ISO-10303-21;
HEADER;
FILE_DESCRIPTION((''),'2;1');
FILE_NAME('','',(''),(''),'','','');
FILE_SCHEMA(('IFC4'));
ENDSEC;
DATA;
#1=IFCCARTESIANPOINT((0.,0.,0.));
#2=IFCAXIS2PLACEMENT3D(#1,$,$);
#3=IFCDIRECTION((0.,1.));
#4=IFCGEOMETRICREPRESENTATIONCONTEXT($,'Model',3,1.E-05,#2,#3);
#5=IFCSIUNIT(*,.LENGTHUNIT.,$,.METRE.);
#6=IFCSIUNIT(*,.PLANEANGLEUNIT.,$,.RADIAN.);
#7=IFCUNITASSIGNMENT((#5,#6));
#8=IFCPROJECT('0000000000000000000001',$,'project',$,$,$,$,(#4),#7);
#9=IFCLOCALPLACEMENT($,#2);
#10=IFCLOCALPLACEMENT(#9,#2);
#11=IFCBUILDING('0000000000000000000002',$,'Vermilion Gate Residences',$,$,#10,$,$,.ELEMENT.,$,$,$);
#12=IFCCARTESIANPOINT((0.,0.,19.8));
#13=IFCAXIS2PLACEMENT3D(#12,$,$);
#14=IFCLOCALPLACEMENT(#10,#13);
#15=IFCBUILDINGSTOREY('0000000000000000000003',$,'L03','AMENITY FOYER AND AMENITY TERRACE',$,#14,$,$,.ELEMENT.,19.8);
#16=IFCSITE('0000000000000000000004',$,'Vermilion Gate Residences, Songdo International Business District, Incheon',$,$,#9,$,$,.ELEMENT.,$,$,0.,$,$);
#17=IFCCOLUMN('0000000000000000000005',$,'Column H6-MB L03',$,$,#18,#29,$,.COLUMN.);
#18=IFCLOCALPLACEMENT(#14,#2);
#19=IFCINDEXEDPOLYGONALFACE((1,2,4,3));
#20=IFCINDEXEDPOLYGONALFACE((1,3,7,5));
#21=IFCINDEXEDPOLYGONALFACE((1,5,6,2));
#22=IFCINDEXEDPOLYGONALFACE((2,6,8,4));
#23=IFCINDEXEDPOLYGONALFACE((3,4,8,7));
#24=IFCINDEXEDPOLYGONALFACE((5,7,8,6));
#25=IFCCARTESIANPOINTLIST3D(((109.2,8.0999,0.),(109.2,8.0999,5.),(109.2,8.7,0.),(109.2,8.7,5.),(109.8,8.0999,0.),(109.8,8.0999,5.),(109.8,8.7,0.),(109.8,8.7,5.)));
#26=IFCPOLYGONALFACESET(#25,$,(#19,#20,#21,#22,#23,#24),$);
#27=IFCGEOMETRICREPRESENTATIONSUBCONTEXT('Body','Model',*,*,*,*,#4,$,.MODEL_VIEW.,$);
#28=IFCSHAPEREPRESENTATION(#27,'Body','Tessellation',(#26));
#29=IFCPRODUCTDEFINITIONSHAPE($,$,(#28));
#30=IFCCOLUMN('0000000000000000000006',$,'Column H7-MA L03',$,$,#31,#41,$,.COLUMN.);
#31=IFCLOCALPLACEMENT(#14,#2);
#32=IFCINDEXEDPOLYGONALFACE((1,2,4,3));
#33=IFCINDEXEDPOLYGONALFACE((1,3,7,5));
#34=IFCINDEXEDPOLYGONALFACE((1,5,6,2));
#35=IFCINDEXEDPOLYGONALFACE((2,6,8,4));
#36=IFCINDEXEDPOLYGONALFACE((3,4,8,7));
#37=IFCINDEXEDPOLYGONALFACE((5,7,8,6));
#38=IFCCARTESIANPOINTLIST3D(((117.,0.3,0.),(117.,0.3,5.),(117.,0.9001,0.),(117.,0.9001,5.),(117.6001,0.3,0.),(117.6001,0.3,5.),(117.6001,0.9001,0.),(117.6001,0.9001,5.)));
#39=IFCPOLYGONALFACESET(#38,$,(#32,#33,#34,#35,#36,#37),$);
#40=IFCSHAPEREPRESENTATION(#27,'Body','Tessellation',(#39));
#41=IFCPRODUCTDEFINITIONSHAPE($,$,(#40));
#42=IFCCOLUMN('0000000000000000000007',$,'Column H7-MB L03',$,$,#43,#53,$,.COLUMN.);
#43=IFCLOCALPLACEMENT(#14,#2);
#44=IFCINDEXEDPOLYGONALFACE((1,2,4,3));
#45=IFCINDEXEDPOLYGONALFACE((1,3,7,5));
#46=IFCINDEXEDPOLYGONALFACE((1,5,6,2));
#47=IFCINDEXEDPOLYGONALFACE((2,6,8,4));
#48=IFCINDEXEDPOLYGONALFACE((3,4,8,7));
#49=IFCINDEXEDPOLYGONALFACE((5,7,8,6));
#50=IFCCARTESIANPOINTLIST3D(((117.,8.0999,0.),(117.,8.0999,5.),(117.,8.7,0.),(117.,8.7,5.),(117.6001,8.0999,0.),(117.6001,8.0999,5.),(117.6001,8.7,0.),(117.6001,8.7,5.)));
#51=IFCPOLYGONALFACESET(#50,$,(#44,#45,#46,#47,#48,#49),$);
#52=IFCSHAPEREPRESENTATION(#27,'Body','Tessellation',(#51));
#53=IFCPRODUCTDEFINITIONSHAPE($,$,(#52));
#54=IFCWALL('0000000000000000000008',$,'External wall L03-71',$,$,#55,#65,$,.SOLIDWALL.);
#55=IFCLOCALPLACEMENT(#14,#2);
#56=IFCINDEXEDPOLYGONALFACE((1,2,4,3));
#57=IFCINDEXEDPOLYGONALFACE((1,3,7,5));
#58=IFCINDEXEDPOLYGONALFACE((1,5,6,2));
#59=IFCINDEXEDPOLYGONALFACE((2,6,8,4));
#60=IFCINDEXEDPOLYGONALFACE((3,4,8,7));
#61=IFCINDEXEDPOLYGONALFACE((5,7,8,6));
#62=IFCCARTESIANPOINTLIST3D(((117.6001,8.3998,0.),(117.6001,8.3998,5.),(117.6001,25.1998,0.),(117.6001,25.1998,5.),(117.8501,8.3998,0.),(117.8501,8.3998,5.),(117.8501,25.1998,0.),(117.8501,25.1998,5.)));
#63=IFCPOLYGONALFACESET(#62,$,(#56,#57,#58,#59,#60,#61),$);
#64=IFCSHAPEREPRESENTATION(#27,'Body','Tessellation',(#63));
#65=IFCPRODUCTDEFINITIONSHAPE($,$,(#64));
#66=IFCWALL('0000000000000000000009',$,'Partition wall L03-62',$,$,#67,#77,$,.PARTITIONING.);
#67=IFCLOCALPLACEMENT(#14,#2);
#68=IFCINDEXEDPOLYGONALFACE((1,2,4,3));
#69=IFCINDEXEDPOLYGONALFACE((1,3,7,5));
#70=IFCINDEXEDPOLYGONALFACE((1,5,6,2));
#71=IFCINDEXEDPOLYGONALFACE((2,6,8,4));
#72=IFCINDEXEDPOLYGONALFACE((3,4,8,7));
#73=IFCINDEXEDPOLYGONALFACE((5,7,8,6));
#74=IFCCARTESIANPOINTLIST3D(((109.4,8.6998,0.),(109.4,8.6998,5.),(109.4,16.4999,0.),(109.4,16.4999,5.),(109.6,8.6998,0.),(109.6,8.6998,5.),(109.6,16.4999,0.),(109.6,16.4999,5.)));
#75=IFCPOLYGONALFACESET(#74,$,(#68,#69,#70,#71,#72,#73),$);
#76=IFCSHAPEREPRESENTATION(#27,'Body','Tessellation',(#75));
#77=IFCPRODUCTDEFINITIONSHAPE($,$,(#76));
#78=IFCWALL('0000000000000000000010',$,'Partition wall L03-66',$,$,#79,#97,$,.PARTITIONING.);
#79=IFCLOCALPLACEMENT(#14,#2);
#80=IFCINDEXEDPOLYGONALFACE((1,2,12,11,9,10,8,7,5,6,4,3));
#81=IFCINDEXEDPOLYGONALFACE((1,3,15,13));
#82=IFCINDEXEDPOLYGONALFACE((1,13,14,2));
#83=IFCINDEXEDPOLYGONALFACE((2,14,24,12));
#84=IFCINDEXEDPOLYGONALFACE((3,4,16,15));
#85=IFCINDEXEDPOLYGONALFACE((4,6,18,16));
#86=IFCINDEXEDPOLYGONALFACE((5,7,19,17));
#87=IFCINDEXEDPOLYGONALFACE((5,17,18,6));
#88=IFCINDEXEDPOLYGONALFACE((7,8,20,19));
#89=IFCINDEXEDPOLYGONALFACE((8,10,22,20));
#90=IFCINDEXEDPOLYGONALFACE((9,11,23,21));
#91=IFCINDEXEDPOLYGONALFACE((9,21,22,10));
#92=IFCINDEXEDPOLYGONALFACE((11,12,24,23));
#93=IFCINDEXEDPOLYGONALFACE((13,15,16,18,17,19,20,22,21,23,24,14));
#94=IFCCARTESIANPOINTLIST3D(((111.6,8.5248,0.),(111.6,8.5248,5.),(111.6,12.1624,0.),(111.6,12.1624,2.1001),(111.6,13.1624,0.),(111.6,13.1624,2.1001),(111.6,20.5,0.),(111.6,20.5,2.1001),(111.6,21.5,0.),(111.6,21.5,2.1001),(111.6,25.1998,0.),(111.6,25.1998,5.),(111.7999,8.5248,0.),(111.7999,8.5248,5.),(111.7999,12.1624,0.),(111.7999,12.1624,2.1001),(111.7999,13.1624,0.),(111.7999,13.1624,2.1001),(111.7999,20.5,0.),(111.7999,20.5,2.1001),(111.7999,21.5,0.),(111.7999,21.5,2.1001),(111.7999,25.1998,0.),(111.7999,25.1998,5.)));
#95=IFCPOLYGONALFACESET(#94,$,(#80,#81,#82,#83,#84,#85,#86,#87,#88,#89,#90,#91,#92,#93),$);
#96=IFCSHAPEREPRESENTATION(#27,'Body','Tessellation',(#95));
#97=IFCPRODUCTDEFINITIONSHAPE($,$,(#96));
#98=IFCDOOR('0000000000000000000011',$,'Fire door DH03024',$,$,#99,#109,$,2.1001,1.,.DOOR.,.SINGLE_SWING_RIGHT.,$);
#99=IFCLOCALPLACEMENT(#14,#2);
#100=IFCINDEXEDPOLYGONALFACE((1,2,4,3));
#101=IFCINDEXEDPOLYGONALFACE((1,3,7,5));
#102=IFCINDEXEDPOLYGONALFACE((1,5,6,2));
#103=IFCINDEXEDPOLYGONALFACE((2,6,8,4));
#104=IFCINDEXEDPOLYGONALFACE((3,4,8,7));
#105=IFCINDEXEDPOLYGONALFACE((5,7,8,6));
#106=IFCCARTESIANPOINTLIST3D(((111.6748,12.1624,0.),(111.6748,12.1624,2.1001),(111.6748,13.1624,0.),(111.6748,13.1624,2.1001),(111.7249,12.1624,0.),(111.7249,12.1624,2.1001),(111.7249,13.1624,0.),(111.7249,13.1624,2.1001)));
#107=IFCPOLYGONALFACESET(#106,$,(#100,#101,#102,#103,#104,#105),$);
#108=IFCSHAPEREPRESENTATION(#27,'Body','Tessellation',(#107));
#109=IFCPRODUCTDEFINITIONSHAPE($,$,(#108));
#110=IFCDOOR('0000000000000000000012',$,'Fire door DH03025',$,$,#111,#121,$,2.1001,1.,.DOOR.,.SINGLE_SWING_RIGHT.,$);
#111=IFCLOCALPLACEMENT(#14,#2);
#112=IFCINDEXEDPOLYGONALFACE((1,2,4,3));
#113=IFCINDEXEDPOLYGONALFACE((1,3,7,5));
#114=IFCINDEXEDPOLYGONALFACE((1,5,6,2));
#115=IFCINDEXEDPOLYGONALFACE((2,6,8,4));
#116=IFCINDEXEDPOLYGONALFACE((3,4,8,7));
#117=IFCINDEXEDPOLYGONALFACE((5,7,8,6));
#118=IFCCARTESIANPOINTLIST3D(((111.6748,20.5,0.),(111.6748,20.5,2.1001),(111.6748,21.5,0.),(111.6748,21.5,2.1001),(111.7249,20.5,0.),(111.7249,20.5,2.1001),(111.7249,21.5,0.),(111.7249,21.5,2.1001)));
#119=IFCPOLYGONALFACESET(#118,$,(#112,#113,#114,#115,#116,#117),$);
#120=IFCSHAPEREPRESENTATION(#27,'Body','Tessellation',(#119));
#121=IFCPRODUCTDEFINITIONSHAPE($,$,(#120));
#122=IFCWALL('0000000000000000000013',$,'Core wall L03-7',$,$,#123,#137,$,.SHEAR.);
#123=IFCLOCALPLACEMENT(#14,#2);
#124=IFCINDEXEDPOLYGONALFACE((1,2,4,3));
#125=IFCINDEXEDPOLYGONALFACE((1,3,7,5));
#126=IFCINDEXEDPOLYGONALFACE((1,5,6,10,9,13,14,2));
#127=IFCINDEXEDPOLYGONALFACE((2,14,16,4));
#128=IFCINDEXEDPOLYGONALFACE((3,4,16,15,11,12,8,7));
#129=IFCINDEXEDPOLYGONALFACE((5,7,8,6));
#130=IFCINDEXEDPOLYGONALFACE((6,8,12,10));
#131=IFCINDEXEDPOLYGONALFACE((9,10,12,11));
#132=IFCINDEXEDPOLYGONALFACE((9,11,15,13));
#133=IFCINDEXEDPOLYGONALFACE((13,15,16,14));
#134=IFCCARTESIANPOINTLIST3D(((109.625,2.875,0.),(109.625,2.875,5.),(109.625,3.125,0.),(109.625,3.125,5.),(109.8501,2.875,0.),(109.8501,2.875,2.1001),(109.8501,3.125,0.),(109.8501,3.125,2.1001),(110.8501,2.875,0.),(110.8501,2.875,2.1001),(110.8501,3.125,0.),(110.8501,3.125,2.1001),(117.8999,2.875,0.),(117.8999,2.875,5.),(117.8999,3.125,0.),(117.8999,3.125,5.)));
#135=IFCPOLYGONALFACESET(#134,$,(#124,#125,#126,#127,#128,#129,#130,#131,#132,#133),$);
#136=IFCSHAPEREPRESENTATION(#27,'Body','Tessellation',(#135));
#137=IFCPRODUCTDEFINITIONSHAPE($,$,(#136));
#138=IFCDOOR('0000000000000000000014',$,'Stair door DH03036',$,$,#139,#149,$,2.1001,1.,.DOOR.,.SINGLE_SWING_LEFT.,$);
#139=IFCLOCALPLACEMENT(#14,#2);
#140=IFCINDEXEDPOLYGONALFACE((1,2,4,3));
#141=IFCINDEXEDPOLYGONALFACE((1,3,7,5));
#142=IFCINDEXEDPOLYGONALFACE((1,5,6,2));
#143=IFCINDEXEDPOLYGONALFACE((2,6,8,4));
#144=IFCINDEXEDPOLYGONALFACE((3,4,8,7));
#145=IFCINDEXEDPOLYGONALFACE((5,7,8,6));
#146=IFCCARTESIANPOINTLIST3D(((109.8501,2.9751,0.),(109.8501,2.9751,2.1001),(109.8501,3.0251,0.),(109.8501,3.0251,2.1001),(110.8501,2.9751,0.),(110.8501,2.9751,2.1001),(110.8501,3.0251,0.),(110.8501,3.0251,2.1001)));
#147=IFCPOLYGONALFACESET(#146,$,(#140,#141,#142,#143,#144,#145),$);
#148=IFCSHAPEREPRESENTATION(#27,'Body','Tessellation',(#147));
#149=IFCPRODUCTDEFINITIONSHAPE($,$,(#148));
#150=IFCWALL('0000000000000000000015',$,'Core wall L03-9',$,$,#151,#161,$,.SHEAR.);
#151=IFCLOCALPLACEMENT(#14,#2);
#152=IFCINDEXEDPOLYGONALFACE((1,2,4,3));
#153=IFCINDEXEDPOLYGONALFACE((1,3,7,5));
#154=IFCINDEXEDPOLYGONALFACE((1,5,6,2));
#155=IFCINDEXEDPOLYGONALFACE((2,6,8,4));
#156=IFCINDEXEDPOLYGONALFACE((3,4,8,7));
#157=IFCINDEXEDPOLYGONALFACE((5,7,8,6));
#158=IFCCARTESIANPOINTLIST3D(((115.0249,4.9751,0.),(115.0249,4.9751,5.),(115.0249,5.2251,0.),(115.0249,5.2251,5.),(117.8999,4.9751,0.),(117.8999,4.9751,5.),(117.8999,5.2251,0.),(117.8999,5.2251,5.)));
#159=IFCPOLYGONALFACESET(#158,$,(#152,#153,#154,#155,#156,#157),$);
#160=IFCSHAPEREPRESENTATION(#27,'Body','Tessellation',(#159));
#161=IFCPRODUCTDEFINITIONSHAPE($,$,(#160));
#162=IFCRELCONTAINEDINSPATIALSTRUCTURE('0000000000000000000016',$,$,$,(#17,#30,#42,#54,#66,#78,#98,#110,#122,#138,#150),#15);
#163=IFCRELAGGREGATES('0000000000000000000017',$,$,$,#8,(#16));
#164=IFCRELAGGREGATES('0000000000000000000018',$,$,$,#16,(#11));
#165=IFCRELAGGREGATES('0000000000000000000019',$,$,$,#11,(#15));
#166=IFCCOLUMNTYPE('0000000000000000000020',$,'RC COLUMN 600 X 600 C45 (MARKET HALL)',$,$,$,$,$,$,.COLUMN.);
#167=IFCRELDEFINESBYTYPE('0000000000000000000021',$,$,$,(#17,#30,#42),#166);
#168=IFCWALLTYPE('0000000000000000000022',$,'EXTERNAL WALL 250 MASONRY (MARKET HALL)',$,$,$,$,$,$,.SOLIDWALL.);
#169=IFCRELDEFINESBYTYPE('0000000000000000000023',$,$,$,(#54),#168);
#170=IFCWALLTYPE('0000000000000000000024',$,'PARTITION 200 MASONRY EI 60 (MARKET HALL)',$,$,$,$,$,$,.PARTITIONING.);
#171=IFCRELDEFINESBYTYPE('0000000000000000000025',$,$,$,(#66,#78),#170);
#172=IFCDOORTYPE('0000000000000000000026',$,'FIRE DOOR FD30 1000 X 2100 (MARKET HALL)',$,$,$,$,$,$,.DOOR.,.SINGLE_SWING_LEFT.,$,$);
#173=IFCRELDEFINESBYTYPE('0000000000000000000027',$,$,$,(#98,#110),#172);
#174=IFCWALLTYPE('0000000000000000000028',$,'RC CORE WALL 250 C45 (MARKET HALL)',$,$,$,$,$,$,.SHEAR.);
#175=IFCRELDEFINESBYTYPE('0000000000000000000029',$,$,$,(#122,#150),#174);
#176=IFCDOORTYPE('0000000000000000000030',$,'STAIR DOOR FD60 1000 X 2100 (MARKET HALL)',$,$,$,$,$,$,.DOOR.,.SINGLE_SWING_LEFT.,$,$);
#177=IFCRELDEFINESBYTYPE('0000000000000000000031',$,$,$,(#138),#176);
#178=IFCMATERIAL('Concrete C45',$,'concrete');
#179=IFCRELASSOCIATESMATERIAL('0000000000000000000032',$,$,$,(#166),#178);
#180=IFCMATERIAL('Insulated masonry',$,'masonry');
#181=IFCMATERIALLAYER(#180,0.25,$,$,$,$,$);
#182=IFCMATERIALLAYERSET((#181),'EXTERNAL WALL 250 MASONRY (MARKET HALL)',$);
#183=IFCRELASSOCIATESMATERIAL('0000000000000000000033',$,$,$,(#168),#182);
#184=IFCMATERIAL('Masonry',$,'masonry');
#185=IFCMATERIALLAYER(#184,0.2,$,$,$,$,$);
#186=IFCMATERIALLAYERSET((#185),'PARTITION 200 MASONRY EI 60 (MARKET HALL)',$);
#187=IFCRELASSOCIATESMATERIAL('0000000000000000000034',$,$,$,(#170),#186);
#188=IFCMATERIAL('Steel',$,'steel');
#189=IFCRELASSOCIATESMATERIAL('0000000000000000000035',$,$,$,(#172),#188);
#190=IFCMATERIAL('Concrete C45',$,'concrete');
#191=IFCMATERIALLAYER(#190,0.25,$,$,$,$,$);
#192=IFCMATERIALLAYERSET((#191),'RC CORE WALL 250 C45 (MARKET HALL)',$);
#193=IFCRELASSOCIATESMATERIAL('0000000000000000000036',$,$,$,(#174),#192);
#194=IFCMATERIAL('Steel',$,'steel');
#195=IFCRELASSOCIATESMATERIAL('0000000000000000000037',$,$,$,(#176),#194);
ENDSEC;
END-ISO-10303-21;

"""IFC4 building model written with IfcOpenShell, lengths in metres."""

from ifc_helpers import new_model, si_unit, direction, frame, frame_2d, origin, origin_2d, place, context, subcontext, project, spatial, rectangle, extrude, material, layer, layer_set, material_profile, profile_set, type_object, element, fill, save


model = new_model("IFC4")

# Units and contexts
model_context = context("Model", 3, precision=1e-05, world=origin(), true_north=direction((0.0, 1.0)))
body_context = subcontext(model_context, "Body", "Model", "MODEL_VIEW")
ifc_project = project(units=[si_unit("LENGTHUNIT", "METRE"), si_unit("PLANEANGLEUNIT", "RADIAN")], contexts=[model_context])

# Site, building, storey
site_placement = place(None, origin())
site = spatial("IfcSite", under=ifc_project, at=site_placement, Name="Vermilion Gate Residences, Songdo International Business District, Incheon", CompositionType="ELEMENT", RefElevation=0.0)
building_placement = place(site_placement, origin())
building = spatial("IfcBuilding", under=site, at=building_placement, Name="Vermilion Gate Residences", CompositionType="ELEMENT")
storey_placement = place(building_placement, frame((0.0, 0.0, 19.8)))
storey = spatial("IfcBuildingStorey", under=building, at=storey_placement, Name="L03", Description="AMENITY FOYER AND AMENITY TERRACE", CompositionType="ELEMENT", Elevation=19.8)

# Columns
ifc_material_1 = material(Name="Concrete C45", Category="concrete")
ifc_material_profile = material_profile(ifc_material_1, rectangle(XDim=0.6001, YDim=0.6001, at=origin_2d()), Name="RC COLUMN 600 X 600 C45 (MARKET HALL)")
ifc_profile_set = profile_set([ifc_material_profile], Name="Concrete C45")
column_type = type_object("IfcColumnType", Name="RC COLUMN 600 X 600 C45 (MARKET HALL)", PredefinedType="COLUMN", material=ifc_profile_set)
for number, where, z_axis, x_axis, name in (
    (1, (109.5, 8.3999, 0.0), (0.0, 0.0, 1.0), (1.0, 0.0, 0.0), "Column H6-MB L03"),
    (2, (117.3, 0.6001, 0.0), (0.0, 0.0, 1.0), (1.0, 0.0, 0.0), "Column H7-MA L03"),
    (3, (117.3, 8.3999, 0.0), (0.0, 0.0, 1.0), (1.0, 0.0, 0.0), "Column H7-MB L03"),
):
    element("IfcColumn", number, at=place(storey_placement, frame(where, z_axis=z_axis, x_axis=x_axis)), inside=storey, type_object=column_type, Name=name, PredefinedType="COLUMN", context=body_context, shape_type="SweptSolid", body=[
        extrude(rectangle(XDim=0.6001, YDim=0.6001, at=origin_2d()), origin(), (0.0, 0.0, 1.0), 5.0),
    ])

# Walls
ifc_material_2 = material(Name="Insulated masonry", Category="masonry")
ifc_layer_1 = layer(ifc_material_2, 0.25)
ifc_layer_set_1 = layer_set([ifc_layer_1], Name="EXTERNAL WALL 250 MASONRY (MARKET HALL)")
wall_type_1 = type_object("IfcWallType", Name="EXTERNAL WALL 250 MASONRY (MARKET HALL)", PredefinedType="SOLIDWALL", material=ifc_layer_set_1)
wall_1_placement = place(storey_placement, frame((117.7251, 8.3999, 0.0), z_axis=(0.0, 0.0, 1.0), x_axis=(0.0, 1.0, 0.0)))
element("IfcWall", 4, at=wall_1_placement, inside=storey, type_object=wall_type_1, Name="External wall L03-71", PredefinedType="SOLIDWALL", context=body_context, shape_type="SweptSolid", body=[
    extrude(rectangle(XDim=16.8, YDim=0.25, at=frame_2d((8.3999, 0.0))), origin(), (0.0, 0.0, 1.0), 5.0),
])
ifc_material_3 = material(Name="Masonry", Category="masonry")
ifc_layer_2 = layer(ifc_material_3, 0.2)
ifc_layer_set_2 = layer_set([ifc_layer_2], Name="PARTITION 200 MASONRY EI 60 (MARKET HALL)")
wall_type_2 = type_object("IfcWallType", Name="PARTITION 200 MASONRY EI 60 (MARKET HALL)", PredefinedType="PARTITIONING", material=ifc_layer_set_2)
wall_2_placement = place(storey_placement, frame((109.5, 8.7, 0.0), z_axis=(0.0, 0.0, 1.0), x_axis=(0.0, 1.0, 0.0)))
element("IfcWall", 5, at=wall_2_placement, inside=storey, type_object=wall_type_2, Name="Partition wall L03-62", PredefinedType="PARTITIONING", context=body_context, shape_type="SweptSolid", body=[
    extrude(rectangle(XDim=7.8, YDim=0.2, at=frame_2d((3.8999, 0.0))), origin(), (0.0, 0.0, 1.0), 5.0),
])

# Wall, openings, doors
wall_3_placement = place(storey_placement, frame((111.7, 8.5249, 0.0), z_axis=(0.0, 0.0, 1.0), x_axis=(0.0, 1.0, 0.0)))
wall_3 = element("IfcWall", 6, at=wall_3_placement, inside=storey, type_object=wall_type_2, Name="Partition wall L03-66", PredefinedType="PARTITIONING", context=body_context, shape_type="SweptSolid", body=[
    extrude(rectangle(XDim=16.675, YDim=0.2, at=frame_2d((8.3374, 0.0))), origin(), (0.0, 0.0, 1.0), 5.0),
])
opening_1_placement = place(wall_3_placement, frame((3.6375, 0.0, 0.0)))
opening_1 = element("IfcOpeningElement", 7, at=opening_1_placement, cuts=wall_3, PredefinedType="OPENING", context=body_context, shape_type="SweptSolid", body=[
    extrude(rectangle(XDim=1.0, YDim=2.1001, at=frame_2d((0.5, 1.05))), frame((0.0, 0.1099, 0.0), z_axis=(0.0, -1.0, 0.0), x_axis=(1.0, 0.0, 0.0)), (0.0, 0.0, 1.0), 0.22),
])
opening_2_placement = place(wall_3_placement, frame((11.9751, 0.0, 0.0)))
opening_2 = element("IfcOpeningElement", 8, at=opening_2_placement, cuts=wall_3, PredefinedType="OPENING", context=body_context, shape_type="SweptSolid", body=[
    extrude(rectangle(XDim=1.0, YDim=2.1001, at=frame_2d((0.5, 1.05))), frame((0.0, 0.1099, 0.0), z_axis=(0.0, -1.0, 0.0), x_axis=(1.0, 0.0, 0.0)), (0.0, 0.0, 1.0), 0.22),
])
ifc_material_4 = material(Name="Steel", Category="steel")
door_type_1 = type_object("IfcDoorType", Name="FIRE DOOR FD30 1000 X 2100 (MARKET HALL)", OperationType="SINGLE_SWING_LEFT", PredefinedType="DOOR", material=ifc_material_4)
door_1_placement = place(opening_1_placement, frame((1.0, 0.0, 0.0), z_axis=(0.0, 0.0, 1.0), x_axis=(-1.0, 0.0, 0.0)))
door_1 = element("IfcDoor", 9, at=door_1_placement, inside=storey, type_object=door_type_1, Name="Fire door DH03024", OperationType="SINGLE_SWING_RIGHT", OverallHeight=2.1001, OverallWidth=1.0, PredefinedType="DOOR", context=body_context, shape_type="SweptSolid", body=[
    extrude(rectangle(XDim=1.0, YDim=2.1001, at=frame_2d((0.5, 1.05))), frame((0.0, 0.0249, 0.0), z_axis=(0.0, -1.0, 0.0), x_axis=(1.0, 0.0, 0.0)), (0.0, 0.0, 1.0), 0.05),
])
fill(opening_1, door_1)
door_2_placement = place(opening_2_placement, frame((1.0, 0.0, 0.0), z_axis=(0.0, 0.0, 1.0), x_axis=(-1.0, 0.0, 0.0)))
door_2 = element("IfcDoor", 10, at=door_2_placement, inside=storey, type_object=door_type_1, Name="Fire door DH03025", OperationType="SINGLE_SWING_RIGHT", OverallHeight=2.1001, OverallWidth=1.0, PredefinedType="DOOR", context=body_context, shape_type="SweptSolid", body=[
    extrude(rectangle(XDim=1.0, YDim=2.1001, at=frame_2d((0.5, 1.05))), frame((0.0, 0.0249, 0.0), z_axis=(0.0, -1.0, 0.0), x_axis=(1.0, 0.0, 0.0)), (0.0, 0.0, 1.0), 0.05),
])
fill(opening_2, door_2)

# Wall, opening, door
ifc_material_5 = material(Name="Concrete C45", Category="concrete")
ifc_layer_3 = layer(ifc_material_5, 0.25)
ifc_layer_set_3 = layer_set([ifc_layer_3], Name="RC CORE WALL 250 C45 (MARKET HALL)")
wall_type_3 = type_object("IfcWallType", Name="RC CORE WALL 250 C45 (MARKET HALL)", PredefinedType="SHEAR", material=ifc_layer_set_3)
wall_4_placement = place(storey_placement, frame((109.625, 3.0, 0.0), z_axis=(0.0, 0.0, 1.0), x_axis=(1.0, 0.0, 0.0)))
wall_4 = element("IfcWall", 11, at=wall_4_placement, inside=storey, type_object=wall_type_3, Name="Core wall L03-7", PredefinedType="SHEAR", context=body_context, shape_type="SweptSolid", body=[
    extrude(rectangle(XDim=8.2749, YDim=0.25, at=frame_2d((4.1375, 0.0))), origin(), (0.0, 0.0, 1.0), 5.0),
])
opening_3_placement = place(wall_4_placement, frame((0.2251, 0.0, 0.0)))
opening_3 = element("IfcOpeningElement", 12, at=opening_3_placement, cuts=wall_4, PredefinedType="OPENING", context=body_context, shape_type="SweptSolid", body=[
    extrude(rectangle(XDim=1.0, YDim=2.1001, at=frame_2d((0.5, 1.05))), frame((0.0, 0.135, 0.0), z_axis=(0.0, -1.0, 0.0), x_axis=(1.0, 0.0, 0.0)), (0.0, 0.0, 1.0), 0.27),
])
ifc_material_6 = material(Name="Steel", Category="steel")
door_type_2 = type_object("IfcDoorType", Name="STAIR DOOR FD60 1000 X 2100 (MARKET HALL)", OperationType="SINGLE_SWING_LEFT", PredefinedType="DOOR", material=ifc_material_6)
door_3_placement = place(opening_3_placement, frame((1.0, 0.0, 0.0), z_axis=(0.0, 0.0, 1.0), x_axis=(-1.0, 0.0, 0.0)))
door_3 = element("IfcDoor", 13, at=door_3_placement, inside=storey, type_object=door_type_2, Name="Stair door DH03036", OperationType="SINGLE_SWING_LEFT", OverallHeight=2.1001, OverallWidth=1.0, PredefinedType="DOOR", context=body_context, shape_type="SweptSolid", body=[
    extrude(rectangle(XDim=1.0, YDim=2.1001, at=frame_2d((0.5, 1.05))), frame((0.0, 0.0249, 0.0), z_axis=(0.0, -1.0, 0.0), x_axis=(1.0, 0.0, 0.0)), (0.0, 0.0, 1.0), 0.05),
])
fill(opening_3, door_3)

# Wall
wall_5_placement = place(storey_placement, frame((115.0249, 5.1001, 0.0), z_axis=(0.0, 0.0, 1.0), x_axis=(1.0, 0.0, 0.0)))
element("IfcWall", 14, at=wall_5_placement, inside=storey, type_object=wall_type_3, Name="Core wall L03-9", PredefinedType="SHEAR", context=body_context, shape_type="SweptSolid", body=[
    extrude(rectangle(XDim=2.875, YDim=0.25, at=frame_2d((1.4375, 0.0))), origin(), (0.0, 0.0, 1.0), 5.0),
])

save(model, "model.ifc")
